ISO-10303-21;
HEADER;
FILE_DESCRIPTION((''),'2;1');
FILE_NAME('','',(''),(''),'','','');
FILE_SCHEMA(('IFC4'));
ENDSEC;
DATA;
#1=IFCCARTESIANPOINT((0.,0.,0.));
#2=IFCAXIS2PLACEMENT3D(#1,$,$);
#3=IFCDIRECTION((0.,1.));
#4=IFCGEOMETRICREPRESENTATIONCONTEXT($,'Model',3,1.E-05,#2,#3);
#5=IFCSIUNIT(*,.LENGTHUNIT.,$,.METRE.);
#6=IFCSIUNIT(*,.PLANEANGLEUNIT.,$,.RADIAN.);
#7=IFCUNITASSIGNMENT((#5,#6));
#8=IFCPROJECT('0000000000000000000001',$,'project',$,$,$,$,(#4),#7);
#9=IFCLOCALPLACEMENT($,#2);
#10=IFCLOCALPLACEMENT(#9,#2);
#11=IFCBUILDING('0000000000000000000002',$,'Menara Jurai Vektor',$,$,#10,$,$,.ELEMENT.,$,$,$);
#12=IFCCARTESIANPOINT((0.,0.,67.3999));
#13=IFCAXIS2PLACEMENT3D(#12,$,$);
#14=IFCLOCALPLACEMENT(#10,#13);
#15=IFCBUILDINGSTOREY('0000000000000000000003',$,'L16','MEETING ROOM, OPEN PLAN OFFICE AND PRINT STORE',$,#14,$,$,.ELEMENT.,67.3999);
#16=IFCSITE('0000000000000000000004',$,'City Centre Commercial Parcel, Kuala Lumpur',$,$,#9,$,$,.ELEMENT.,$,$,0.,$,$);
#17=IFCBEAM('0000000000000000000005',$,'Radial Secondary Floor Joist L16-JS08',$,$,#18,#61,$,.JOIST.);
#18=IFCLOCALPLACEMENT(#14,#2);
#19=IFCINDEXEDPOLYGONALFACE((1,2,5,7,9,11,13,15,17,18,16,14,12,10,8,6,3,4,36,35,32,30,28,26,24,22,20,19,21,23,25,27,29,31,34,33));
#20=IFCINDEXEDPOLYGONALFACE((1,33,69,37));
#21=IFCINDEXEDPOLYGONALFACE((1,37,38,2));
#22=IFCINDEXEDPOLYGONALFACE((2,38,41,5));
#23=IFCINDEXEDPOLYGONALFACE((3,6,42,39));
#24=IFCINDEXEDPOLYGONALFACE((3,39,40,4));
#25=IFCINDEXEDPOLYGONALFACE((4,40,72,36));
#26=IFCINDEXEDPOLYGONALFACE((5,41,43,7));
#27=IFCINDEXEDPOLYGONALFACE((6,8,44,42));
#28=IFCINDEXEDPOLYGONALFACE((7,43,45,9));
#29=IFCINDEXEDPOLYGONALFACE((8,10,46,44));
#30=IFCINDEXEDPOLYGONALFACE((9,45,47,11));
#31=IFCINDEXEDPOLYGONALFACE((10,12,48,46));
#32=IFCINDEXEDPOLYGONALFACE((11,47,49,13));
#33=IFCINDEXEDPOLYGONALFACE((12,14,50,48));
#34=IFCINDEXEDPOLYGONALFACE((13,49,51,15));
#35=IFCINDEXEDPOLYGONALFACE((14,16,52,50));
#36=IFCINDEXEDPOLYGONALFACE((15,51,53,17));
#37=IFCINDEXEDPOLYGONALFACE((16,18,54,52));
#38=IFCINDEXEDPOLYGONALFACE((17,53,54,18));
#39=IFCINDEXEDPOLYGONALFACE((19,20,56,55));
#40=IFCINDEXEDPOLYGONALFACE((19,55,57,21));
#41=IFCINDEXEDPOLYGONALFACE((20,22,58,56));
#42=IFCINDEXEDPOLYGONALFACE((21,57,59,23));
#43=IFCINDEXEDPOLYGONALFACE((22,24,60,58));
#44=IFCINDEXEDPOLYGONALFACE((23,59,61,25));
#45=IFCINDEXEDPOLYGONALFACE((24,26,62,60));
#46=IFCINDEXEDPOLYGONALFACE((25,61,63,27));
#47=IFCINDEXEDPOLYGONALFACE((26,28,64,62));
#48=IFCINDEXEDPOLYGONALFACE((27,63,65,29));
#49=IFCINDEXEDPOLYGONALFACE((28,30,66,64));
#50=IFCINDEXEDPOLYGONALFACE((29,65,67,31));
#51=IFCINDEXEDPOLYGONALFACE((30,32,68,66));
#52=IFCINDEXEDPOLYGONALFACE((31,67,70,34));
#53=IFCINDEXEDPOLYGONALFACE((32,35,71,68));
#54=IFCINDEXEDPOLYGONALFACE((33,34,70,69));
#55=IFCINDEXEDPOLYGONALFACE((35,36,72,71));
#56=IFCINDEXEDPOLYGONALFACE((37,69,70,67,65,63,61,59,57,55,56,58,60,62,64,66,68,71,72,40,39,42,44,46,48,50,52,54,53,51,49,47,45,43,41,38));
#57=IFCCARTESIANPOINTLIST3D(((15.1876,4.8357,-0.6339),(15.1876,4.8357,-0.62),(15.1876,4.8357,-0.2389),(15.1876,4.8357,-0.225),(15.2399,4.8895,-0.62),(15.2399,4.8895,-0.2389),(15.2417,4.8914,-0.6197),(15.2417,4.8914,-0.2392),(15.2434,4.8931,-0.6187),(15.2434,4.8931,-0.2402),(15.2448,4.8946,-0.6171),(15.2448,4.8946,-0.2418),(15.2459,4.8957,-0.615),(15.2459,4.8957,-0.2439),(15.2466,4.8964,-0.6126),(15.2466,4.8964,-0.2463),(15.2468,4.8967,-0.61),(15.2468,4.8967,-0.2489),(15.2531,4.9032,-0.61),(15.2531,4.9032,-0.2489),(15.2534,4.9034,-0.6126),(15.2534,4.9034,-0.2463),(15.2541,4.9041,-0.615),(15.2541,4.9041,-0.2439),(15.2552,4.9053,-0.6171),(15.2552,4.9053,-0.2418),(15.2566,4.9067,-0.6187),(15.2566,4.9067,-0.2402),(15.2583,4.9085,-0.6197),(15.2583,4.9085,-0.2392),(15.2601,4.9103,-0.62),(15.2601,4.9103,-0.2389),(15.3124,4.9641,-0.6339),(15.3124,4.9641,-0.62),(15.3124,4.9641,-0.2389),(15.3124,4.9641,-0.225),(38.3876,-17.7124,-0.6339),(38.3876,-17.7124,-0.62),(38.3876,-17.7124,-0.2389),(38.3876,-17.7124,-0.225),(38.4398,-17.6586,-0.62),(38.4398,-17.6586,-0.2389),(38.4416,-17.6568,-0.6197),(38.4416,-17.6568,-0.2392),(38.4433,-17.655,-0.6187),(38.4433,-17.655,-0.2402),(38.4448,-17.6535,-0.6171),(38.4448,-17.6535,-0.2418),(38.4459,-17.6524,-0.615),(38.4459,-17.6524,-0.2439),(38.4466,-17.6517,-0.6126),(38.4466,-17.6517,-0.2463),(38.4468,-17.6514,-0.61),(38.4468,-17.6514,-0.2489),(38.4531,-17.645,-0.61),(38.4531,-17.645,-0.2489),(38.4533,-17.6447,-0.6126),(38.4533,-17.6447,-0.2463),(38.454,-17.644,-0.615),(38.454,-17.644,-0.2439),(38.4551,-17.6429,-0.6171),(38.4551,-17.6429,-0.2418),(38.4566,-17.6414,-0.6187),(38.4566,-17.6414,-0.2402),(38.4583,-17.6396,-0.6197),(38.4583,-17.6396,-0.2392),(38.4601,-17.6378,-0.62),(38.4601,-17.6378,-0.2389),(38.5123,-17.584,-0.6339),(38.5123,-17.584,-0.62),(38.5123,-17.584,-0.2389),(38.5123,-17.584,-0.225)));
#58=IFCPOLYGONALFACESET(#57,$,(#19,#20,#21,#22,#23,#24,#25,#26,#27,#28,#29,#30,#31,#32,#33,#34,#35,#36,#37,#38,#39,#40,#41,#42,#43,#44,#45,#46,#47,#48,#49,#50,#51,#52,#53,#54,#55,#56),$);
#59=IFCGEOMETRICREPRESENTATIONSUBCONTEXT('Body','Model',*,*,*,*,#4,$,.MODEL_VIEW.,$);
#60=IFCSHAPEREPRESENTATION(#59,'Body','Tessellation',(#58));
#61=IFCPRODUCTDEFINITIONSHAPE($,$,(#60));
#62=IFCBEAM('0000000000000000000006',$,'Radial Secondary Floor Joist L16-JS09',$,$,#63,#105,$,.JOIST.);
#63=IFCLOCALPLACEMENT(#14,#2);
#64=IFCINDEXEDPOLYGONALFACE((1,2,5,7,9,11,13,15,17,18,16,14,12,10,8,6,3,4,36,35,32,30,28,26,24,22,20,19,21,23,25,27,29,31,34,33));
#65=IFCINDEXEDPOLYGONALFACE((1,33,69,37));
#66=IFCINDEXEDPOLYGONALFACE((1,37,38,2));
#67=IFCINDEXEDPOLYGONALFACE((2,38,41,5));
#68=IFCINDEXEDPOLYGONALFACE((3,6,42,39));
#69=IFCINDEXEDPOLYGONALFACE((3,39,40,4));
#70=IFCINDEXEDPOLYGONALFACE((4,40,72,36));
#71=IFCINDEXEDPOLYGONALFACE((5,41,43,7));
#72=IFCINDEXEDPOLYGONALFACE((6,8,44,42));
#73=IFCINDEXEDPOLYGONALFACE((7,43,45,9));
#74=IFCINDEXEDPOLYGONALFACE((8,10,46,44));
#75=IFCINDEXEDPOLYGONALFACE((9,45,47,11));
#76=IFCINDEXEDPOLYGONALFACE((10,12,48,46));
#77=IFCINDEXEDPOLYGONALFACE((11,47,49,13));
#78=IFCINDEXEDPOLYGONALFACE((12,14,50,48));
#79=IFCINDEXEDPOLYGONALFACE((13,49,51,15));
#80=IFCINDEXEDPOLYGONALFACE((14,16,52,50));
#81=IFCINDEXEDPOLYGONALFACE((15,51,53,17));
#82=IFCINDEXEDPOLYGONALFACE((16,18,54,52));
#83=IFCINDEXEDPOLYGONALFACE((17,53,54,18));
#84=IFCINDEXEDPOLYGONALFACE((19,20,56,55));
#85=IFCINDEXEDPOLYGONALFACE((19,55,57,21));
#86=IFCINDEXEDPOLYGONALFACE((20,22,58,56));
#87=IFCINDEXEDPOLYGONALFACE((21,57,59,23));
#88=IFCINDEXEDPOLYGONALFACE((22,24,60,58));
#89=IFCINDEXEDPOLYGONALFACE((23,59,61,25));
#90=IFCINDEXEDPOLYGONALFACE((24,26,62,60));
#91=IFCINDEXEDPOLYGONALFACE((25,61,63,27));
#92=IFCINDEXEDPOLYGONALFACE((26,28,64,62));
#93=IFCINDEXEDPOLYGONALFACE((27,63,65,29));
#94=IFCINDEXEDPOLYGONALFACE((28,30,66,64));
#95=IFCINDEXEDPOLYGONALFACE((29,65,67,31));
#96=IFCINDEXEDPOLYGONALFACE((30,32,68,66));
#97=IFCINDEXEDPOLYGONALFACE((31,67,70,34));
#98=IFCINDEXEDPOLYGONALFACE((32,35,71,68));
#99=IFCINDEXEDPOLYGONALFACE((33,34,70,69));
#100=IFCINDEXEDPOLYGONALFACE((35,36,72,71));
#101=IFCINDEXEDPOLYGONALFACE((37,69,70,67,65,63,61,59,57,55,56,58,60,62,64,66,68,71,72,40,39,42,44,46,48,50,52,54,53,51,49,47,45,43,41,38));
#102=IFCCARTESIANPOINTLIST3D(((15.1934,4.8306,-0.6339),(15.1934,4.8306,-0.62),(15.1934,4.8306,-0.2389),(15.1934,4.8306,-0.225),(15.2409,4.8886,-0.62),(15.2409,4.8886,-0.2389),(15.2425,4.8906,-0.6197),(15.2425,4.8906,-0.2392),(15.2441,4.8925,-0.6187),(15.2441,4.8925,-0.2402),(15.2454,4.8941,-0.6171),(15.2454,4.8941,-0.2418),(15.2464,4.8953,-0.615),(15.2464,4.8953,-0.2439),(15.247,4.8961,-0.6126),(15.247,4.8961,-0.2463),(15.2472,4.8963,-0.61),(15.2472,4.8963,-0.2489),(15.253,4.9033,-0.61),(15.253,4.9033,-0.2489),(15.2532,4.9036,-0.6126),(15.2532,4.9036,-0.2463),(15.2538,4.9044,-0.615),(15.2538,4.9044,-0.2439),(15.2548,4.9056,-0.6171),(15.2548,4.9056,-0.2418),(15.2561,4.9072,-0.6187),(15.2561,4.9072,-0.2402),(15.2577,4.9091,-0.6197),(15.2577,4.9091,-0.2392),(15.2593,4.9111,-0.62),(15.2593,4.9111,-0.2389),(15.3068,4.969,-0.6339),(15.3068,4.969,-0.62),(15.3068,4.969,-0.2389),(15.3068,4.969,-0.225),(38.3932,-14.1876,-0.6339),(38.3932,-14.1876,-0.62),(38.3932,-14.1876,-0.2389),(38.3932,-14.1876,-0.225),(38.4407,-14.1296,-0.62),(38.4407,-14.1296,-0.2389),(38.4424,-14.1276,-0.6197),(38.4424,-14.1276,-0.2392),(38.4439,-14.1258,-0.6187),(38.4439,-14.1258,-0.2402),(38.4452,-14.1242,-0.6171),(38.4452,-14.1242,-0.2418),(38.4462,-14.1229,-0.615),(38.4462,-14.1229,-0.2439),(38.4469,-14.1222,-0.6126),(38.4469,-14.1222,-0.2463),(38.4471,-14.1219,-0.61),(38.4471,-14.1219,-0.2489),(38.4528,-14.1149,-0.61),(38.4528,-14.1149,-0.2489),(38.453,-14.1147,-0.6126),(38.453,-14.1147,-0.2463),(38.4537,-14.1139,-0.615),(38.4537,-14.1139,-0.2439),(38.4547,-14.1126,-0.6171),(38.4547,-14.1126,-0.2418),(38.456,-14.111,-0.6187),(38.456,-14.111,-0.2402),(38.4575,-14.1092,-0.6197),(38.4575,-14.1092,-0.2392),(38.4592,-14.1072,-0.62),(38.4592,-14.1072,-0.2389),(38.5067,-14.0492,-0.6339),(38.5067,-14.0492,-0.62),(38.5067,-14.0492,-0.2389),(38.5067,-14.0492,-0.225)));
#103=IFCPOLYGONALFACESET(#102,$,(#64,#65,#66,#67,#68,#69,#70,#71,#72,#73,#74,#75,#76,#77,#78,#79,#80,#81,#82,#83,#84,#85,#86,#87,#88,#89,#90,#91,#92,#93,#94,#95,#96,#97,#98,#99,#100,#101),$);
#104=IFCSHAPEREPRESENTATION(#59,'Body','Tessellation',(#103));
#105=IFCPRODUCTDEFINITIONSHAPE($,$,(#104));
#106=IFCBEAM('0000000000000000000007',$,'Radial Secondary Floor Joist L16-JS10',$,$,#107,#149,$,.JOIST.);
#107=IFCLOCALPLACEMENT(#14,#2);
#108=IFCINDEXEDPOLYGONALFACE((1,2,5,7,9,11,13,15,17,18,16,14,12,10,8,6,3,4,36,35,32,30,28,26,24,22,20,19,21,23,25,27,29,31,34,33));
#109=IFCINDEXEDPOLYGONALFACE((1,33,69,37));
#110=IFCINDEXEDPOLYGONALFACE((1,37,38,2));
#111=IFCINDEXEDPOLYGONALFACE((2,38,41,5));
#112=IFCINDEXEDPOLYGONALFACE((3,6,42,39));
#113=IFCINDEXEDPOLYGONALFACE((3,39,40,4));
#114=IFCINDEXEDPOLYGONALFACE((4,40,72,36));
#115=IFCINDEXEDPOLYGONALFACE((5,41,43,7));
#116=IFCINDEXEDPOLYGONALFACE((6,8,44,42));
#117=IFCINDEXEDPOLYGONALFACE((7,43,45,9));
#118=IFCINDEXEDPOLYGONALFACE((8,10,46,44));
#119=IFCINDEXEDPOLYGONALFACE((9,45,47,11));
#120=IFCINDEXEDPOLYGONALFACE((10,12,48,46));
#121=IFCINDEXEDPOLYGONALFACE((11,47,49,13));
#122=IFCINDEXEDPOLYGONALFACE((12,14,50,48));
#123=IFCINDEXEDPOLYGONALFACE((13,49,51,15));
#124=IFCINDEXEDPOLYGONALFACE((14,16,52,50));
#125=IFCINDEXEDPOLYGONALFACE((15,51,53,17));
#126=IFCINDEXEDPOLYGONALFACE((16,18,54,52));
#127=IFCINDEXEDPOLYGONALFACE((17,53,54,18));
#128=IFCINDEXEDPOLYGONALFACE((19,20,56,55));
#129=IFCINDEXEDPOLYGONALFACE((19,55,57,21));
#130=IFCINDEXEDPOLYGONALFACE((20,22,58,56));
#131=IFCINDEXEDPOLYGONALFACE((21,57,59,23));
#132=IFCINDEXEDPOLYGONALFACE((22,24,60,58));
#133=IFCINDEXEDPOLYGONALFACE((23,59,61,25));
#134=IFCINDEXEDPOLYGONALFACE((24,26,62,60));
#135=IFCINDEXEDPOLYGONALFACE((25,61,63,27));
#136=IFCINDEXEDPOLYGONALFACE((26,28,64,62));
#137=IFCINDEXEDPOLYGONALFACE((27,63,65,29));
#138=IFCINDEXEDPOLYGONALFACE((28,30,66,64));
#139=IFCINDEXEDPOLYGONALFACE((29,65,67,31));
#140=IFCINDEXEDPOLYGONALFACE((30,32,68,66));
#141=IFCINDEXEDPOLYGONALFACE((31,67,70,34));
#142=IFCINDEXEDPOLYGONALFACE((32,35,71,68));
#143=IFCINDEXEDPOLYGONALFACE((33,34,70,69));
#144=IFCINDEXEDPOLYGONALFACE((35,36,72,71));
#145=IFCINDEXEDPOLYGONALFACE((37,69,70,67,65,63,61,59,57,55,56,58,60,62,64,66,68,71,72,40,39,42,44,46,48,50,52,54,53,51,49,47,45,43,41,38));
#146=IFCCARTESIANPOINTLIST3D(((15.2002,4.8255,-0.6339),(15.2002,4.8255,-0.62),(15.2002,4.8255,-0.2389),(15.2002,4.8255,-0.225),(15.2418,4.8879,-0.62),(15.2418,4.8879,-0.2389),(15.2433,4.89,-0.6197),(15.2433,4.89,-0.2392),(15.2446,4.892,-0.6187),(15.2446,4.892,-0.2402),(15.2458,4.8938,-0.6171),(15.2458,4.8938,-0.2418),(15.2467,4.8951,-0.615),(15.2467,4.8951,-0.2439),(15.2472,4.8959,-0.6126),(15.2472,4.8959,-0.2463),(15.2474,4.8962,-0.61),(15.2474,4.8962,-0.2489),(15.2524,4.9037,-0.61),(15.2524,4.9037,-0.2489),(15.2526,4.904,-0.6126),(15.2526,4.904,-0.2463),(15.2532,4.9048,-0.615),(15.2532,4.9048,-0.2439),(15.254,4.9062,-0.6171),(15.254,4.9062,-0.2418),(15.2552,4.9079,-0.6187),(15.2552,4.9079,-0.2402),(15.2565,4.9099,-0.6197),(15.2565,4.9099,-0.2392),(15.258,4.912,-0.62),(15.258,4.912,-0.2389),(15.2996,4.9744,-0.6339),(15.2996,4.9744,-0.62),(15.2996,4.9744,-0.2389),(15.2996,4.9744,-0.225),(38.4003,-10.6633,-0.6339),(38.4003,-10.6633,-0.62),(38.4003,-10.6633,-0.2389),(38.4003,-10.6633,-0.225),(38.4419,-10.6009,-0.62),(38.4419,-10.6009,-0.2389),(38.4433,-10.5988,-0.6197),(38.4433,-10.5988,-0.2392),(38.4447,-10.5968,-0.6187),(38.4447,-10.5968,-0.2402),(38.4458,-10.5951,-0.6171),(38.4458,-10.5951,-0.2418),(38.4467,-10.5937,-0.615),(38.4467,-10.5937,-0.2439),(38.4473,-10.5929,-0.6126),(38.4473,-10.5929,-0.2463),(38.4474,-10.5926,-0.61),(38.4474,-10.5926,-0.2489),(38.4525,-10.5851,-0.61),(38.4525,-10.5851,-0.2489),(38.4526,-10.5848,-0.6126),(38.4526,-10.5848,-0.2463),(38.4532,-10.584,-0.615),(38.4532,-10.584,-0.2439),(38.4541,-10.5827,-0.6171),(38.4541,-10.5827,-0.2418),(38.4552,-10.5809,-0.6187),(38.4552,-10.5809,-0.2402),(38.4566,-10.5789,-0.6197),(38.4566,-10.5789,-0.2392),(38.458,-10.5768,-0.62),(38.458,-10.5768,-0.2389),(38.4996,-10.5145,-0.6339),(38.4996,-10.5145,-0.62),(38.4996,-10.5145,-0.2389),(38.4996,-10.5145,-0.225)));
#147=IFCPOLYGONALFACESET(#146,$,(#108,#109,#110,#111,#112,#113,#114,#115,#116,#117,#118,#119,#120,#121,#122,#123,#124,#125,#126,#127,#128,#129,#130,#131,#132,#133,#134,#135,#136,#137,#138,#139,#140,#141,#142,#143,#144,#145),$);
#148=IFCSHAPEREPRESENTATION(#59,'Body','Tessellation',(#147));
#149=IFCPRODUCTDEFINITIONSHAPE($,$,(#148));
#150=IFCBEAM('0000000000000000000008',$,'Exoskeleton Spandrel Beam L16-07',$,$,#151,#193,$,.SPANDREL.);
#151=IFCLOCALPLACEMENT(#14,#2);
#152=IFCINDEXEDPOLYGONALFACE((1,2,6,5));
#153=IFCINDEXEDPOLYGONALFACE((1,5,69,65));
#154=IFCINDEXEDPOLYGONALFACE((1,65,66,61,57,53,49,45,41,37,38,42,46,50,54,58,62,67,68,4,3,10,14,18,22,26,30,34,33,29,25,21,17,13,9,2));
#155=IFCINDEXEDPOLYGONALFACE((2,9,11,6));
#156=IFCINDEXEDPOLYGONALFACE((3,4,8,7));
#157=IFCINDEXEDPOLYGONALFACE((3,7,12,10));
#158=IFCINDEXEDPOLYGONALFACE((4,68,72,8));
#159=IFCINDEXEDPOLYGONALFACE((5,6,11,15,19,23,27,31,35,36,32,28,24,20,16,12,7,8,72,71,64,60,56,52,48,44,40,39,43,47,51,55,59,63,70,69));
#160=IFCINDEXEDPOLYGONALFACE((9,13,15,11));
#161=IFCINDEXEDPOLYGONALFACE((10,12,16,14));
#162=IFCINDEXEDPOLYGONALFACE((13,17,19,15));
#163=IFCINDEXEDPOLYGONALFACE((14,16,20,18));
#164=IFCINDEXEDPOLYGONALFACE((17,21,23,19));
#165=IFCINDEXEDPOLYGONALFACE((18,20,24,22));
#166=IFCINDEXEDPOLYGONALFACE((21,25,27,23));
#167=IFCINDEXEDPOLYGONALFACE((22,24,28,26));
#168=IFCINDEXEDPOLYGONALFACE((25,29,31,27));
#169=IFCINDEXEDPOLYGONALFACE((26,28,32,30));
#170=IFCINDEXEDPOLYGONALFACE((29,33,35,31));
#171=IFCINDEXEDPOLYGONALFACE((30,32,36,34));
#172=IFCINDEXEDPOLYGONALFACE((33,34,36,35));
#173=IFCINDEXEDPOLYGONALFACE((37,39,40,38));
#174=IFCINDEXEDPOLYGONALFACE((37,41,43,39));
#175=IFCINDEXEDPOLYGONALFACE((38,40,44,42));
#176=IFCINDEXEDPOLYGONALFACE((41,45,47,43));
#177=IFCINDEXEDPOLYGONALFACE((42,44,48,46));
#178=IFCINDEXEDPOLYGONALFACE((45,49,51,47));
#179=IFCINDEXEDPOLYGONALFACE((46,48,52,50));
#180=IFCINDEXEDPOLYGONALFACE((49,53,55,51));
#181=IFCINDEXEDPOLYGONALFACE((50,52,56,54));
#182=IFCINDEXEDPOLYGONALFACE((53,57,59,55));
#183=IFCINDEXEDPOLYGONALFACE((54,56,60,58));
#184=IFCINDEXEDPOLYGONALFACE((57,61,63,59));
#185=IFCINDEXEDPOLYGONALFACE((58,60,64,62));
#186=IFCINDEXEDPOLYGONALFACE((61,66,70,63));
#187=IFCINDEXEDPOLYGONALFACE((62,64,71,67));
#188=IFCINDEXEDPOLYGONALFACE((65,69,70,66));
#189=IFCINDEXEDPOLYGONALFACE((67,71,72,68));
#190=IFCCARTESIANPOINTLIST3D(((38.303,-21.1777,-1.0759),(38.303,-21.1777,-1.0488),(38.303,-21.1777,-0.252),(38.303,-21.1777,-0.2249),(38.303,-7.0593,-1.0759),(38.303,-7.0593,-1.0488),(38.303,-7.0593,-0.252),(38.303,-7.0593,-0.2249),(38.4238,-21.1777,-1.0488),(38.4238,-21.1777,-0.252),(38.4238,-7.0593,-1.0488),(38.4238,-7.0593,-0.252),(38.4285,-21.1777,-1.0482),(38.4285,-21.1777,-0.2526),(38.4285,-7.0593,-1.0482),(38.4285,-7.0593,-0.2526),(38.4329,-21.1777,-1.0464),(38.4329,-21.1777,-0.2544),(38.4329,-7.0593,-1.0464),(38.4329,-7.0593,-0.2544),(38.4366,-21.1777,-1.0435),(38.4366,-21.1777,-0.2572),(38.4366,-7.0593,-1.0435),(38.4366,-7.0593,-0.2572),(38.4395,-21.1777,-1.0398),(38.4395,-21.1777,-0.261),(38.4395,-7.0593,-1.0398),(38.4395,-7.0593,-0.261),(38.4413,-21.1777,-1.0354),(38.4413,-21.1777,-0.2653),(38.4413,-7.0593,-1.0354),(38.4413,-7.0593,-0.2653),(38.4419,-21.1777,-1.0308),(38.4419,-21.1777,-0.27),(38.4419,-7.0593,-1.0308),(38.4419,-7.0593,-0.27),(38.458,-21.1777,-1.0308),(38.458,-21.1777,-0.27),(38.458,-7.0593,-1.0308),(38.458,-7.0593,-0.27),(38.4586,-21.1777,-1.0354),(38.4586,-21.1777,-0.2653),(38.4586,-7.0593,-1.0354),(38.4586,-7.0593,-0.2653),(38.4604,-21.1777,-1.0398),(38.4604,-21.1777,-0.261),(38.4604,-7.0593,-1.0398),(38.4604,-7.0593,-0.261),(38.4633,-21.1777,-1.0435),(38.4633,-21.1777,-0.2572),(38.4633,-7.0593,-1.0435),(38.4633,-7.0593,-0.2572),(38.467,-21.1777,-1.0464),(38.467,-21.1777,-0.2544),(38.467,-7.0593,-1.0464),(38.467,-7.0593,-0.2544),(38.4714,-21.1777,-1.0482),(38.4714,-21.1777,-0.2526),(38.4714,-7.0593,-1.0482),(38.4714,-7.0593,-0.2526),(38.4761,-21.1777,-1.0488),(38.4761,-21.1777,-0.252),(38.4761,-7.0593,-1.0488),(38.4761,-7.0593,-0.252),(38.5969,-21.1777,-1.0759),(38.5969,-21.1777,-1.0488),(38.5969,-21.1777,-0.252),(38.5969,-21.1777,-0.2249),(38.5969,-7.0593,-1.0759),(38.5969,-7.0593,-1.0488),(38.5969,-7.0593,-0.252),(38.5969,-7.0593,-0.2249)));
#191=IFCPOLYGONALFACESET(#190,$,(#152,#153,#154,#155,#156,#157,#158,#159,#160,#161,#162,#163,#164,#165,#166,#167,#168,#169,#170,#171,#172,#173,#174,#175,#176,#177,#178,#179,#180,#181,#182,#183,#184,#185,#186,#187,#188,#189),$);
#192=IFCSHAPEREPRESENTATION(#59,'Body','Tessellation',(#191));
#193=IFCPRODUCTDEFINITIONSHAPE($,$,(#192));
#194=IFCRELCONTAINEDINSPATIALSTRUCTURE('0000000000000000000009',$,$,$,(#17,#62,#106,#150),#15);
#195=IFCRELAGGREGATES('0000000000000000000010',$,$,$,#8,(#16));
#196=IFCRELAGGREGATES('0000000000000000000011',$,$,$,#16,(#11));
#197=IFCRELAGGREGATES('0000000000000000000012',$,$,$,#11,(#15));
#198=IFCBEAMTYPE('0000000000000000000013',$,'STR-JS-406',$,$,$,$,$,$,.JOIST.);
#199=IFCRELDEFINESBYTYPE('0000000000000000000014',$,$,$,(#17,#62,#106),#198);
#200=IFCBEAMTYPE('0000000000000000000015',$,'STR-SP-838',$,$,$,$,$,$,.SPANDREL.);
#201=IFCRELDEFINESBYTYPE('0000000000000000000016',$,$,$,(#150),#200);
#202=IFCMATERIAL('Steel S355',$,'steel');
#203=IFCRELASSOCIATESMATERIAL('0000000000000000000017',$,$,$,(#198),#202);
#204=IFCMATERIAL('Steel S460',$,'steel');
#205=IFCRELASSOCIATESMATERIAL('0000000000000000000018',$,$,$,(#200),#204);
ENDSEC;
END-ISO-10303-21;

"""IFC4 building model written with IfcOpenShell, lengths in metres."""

from ifc_helpers import new_model, si_unit, direction, frame, origin, origin_2d, place, context, subcontext, project, spatial, i_section, extrude, material, material_profile, profile_set, type_object, element, save


model = new_model("IFC4")

# Units and contexts
model_context = context("Model", 3, precision=1e-05, world=origin(), true_north=direction((0.0, 1.0)))
body_context = subcontext(model_context, "Body", "Model", "MODEL_VIEW")
ifc_project = project(units=[si_unit("LENGTHUNIT", "METRE"), si_unit("PLANEANGLEUNIT", "RADIAN")], contexts=[model_context])

# Site, building, storey
site_placement = place(None, origin())
site = spatial("IfcSite", under=ifc_project, at=site_placement, Name="City Centre Commercial Parcel, Kuala Lumpur", CompositionType="ELEMENT", RefElevation=0.0)
building_placement = place(site_placement, origin())
building = spatial("IfcBuilding", under=site, at=building_placement, Name="Menara Jurai Vektor", CompositionType="ELEMENT")
storey_placement = place(building_placement, frame((0.0, 0.0, 67.3999)))
storey = spatial("IfcBuildingStorey", under=building, at=storey_placement, Name="L16", Description="MEETING ROOM, OPEN PLAN OFFICE AND PRINT STORE", CompositionType="ELEMENT", Elevation=67.3999)

# Shared definitions
ifc_material_1 = material(Name="Steel S460", Category="steel")

# Shared definitions
ifc_material_2 = material(Name="Steel S355", Category="steel")

# Beams
ifc_material_profile_1 = material_profile(ifc_material_2, i_section(OverallWidth=0.179, OverallDepth=0.4089, WebThickness=0.009, FlangeThickness=0.0139, FilletRadius=0.01, at=origin_2d()), Name="UKB 406x178x67")
ifc_profile_set_1 = profile_set([ifc_material_profile_1], Name="Steel S355")
beam_type_1 = type_object("IfcBeamType", Name="STR-JS-406", PredefinedType="JOIST", material=ifc_profile_set_1)
beam_1_placement = place(storey_placement, frame((38.45, -17.6482, -0.4294), z_axis=(-0.717109, 0.696961, 0.0), x_axis=(-0.696961, -0.717109, 0.0)))
element("IfcBeam", 1, at=beam_1_placement, inside=storey, type_object=beam_type_1, Name="Radial Secondary Floor Joist L16-JS08", PredefinedType="JOIST", context=body_context, shape_type="SweptSolid", body=[
    extrude(i_section(OverallWidth=0.179, OverallDepth=0.4089, WebThickness=0.009, FlangeThickness=0.0139, FilletRadius=0.01, at=origin_2d()), origin(), (0.0, 0.0, 1.0), 32.3521),
])
beam_2_placement = place(storey_placement, frame((38.45, -14.1184, -0.4294), z_axis=(-0.77336, 0.633967, 0.0), x_axis=(-0.633967, -0.77336, 0.0)))
element("IfcBeam", 2, at=beam_2_placement, inside=storey, type_object=beam_type_1, Name="Radial Secondary Floor Joist L16-JS09", PredefinedType="JOIST", context=body_context, shape_type="SweptSolid", body=[
    extrude(i_section(OverallWidth=0.179, OverallDepth=0.4089, WebThickness=0.009, FlangeThickness=0.0139, FilletRadius=0.01, at=origin_2d()), origin(), (0.0, 0.0, 1.0), 29.9988),
])
beam_3_placement = place(storey_placement, frame((38.45, -10.5889, -0.4294), z_axis=(-0.831684, 0.555249, 0.0), x_axis=(-0.555249, -0.831684, 0.0)))
element("IfcBeam", 3, at=beam_3_placement, inside=storey, type_object=beam_type_1, Name="Radial Secondary Floor Joist L16-JS10", PredefinedType="JOIST", context=body_context, shape_type="SweptSolid", body=[
    extrude(i_section(OverallWidth=0.179, OverallDepth=0.4089, WebThickness=0.009, FlangeThickness=0.0139, FilletRadius=0.01, at=origin_2d()), origin(), (0.0, 0.0, 1.0), 27.8953),
])
ifc_material_profile_2 = material_profile(ifc_material_1, i_section(OverallWidth=0.2939, OverallDepth=0.8511, WebThickness=0.0161, FlangeThickness=0.0271, FilletRadius=0.0181, at=origin_2d()), Name="UKB 838x292x226")
ifc_profile_set_2 = profile_set([ifc_material_profile_2], Name="Steel S460")
beam_type_2 = type_object("IfcBeamType", Name="STR-SP-838", PredefinedType="SPANDREL", material=ifc_profile_set_2)
beam_4_placement = place(storey_placement, frame((38.45, -21.1777, -0.6504), z_axis=(0.0, 1.0, 0.0), x_axis=(-1.0, 0.0, 0.0)))
element("IfcBeam", 4, at=beam_4_placement, inside=storey, type_object=beam_type_2, Name="Exoskeleton Spandrel Beam L16-07", PredefinedType="SPANDREL", context=body_context, shape_type="SweptSolid", body=[
    extrude(i_section(OverallWidth=0.2939, OverallDepth=0.8511, WebThickness=0.0161, FlangeThickness=0.0271, FilletRadius=0.0181, at=origin_2d()), origin(), (0.0, 0.0, 1.0), 14.1184),
])

save(model, "model.ifc")
